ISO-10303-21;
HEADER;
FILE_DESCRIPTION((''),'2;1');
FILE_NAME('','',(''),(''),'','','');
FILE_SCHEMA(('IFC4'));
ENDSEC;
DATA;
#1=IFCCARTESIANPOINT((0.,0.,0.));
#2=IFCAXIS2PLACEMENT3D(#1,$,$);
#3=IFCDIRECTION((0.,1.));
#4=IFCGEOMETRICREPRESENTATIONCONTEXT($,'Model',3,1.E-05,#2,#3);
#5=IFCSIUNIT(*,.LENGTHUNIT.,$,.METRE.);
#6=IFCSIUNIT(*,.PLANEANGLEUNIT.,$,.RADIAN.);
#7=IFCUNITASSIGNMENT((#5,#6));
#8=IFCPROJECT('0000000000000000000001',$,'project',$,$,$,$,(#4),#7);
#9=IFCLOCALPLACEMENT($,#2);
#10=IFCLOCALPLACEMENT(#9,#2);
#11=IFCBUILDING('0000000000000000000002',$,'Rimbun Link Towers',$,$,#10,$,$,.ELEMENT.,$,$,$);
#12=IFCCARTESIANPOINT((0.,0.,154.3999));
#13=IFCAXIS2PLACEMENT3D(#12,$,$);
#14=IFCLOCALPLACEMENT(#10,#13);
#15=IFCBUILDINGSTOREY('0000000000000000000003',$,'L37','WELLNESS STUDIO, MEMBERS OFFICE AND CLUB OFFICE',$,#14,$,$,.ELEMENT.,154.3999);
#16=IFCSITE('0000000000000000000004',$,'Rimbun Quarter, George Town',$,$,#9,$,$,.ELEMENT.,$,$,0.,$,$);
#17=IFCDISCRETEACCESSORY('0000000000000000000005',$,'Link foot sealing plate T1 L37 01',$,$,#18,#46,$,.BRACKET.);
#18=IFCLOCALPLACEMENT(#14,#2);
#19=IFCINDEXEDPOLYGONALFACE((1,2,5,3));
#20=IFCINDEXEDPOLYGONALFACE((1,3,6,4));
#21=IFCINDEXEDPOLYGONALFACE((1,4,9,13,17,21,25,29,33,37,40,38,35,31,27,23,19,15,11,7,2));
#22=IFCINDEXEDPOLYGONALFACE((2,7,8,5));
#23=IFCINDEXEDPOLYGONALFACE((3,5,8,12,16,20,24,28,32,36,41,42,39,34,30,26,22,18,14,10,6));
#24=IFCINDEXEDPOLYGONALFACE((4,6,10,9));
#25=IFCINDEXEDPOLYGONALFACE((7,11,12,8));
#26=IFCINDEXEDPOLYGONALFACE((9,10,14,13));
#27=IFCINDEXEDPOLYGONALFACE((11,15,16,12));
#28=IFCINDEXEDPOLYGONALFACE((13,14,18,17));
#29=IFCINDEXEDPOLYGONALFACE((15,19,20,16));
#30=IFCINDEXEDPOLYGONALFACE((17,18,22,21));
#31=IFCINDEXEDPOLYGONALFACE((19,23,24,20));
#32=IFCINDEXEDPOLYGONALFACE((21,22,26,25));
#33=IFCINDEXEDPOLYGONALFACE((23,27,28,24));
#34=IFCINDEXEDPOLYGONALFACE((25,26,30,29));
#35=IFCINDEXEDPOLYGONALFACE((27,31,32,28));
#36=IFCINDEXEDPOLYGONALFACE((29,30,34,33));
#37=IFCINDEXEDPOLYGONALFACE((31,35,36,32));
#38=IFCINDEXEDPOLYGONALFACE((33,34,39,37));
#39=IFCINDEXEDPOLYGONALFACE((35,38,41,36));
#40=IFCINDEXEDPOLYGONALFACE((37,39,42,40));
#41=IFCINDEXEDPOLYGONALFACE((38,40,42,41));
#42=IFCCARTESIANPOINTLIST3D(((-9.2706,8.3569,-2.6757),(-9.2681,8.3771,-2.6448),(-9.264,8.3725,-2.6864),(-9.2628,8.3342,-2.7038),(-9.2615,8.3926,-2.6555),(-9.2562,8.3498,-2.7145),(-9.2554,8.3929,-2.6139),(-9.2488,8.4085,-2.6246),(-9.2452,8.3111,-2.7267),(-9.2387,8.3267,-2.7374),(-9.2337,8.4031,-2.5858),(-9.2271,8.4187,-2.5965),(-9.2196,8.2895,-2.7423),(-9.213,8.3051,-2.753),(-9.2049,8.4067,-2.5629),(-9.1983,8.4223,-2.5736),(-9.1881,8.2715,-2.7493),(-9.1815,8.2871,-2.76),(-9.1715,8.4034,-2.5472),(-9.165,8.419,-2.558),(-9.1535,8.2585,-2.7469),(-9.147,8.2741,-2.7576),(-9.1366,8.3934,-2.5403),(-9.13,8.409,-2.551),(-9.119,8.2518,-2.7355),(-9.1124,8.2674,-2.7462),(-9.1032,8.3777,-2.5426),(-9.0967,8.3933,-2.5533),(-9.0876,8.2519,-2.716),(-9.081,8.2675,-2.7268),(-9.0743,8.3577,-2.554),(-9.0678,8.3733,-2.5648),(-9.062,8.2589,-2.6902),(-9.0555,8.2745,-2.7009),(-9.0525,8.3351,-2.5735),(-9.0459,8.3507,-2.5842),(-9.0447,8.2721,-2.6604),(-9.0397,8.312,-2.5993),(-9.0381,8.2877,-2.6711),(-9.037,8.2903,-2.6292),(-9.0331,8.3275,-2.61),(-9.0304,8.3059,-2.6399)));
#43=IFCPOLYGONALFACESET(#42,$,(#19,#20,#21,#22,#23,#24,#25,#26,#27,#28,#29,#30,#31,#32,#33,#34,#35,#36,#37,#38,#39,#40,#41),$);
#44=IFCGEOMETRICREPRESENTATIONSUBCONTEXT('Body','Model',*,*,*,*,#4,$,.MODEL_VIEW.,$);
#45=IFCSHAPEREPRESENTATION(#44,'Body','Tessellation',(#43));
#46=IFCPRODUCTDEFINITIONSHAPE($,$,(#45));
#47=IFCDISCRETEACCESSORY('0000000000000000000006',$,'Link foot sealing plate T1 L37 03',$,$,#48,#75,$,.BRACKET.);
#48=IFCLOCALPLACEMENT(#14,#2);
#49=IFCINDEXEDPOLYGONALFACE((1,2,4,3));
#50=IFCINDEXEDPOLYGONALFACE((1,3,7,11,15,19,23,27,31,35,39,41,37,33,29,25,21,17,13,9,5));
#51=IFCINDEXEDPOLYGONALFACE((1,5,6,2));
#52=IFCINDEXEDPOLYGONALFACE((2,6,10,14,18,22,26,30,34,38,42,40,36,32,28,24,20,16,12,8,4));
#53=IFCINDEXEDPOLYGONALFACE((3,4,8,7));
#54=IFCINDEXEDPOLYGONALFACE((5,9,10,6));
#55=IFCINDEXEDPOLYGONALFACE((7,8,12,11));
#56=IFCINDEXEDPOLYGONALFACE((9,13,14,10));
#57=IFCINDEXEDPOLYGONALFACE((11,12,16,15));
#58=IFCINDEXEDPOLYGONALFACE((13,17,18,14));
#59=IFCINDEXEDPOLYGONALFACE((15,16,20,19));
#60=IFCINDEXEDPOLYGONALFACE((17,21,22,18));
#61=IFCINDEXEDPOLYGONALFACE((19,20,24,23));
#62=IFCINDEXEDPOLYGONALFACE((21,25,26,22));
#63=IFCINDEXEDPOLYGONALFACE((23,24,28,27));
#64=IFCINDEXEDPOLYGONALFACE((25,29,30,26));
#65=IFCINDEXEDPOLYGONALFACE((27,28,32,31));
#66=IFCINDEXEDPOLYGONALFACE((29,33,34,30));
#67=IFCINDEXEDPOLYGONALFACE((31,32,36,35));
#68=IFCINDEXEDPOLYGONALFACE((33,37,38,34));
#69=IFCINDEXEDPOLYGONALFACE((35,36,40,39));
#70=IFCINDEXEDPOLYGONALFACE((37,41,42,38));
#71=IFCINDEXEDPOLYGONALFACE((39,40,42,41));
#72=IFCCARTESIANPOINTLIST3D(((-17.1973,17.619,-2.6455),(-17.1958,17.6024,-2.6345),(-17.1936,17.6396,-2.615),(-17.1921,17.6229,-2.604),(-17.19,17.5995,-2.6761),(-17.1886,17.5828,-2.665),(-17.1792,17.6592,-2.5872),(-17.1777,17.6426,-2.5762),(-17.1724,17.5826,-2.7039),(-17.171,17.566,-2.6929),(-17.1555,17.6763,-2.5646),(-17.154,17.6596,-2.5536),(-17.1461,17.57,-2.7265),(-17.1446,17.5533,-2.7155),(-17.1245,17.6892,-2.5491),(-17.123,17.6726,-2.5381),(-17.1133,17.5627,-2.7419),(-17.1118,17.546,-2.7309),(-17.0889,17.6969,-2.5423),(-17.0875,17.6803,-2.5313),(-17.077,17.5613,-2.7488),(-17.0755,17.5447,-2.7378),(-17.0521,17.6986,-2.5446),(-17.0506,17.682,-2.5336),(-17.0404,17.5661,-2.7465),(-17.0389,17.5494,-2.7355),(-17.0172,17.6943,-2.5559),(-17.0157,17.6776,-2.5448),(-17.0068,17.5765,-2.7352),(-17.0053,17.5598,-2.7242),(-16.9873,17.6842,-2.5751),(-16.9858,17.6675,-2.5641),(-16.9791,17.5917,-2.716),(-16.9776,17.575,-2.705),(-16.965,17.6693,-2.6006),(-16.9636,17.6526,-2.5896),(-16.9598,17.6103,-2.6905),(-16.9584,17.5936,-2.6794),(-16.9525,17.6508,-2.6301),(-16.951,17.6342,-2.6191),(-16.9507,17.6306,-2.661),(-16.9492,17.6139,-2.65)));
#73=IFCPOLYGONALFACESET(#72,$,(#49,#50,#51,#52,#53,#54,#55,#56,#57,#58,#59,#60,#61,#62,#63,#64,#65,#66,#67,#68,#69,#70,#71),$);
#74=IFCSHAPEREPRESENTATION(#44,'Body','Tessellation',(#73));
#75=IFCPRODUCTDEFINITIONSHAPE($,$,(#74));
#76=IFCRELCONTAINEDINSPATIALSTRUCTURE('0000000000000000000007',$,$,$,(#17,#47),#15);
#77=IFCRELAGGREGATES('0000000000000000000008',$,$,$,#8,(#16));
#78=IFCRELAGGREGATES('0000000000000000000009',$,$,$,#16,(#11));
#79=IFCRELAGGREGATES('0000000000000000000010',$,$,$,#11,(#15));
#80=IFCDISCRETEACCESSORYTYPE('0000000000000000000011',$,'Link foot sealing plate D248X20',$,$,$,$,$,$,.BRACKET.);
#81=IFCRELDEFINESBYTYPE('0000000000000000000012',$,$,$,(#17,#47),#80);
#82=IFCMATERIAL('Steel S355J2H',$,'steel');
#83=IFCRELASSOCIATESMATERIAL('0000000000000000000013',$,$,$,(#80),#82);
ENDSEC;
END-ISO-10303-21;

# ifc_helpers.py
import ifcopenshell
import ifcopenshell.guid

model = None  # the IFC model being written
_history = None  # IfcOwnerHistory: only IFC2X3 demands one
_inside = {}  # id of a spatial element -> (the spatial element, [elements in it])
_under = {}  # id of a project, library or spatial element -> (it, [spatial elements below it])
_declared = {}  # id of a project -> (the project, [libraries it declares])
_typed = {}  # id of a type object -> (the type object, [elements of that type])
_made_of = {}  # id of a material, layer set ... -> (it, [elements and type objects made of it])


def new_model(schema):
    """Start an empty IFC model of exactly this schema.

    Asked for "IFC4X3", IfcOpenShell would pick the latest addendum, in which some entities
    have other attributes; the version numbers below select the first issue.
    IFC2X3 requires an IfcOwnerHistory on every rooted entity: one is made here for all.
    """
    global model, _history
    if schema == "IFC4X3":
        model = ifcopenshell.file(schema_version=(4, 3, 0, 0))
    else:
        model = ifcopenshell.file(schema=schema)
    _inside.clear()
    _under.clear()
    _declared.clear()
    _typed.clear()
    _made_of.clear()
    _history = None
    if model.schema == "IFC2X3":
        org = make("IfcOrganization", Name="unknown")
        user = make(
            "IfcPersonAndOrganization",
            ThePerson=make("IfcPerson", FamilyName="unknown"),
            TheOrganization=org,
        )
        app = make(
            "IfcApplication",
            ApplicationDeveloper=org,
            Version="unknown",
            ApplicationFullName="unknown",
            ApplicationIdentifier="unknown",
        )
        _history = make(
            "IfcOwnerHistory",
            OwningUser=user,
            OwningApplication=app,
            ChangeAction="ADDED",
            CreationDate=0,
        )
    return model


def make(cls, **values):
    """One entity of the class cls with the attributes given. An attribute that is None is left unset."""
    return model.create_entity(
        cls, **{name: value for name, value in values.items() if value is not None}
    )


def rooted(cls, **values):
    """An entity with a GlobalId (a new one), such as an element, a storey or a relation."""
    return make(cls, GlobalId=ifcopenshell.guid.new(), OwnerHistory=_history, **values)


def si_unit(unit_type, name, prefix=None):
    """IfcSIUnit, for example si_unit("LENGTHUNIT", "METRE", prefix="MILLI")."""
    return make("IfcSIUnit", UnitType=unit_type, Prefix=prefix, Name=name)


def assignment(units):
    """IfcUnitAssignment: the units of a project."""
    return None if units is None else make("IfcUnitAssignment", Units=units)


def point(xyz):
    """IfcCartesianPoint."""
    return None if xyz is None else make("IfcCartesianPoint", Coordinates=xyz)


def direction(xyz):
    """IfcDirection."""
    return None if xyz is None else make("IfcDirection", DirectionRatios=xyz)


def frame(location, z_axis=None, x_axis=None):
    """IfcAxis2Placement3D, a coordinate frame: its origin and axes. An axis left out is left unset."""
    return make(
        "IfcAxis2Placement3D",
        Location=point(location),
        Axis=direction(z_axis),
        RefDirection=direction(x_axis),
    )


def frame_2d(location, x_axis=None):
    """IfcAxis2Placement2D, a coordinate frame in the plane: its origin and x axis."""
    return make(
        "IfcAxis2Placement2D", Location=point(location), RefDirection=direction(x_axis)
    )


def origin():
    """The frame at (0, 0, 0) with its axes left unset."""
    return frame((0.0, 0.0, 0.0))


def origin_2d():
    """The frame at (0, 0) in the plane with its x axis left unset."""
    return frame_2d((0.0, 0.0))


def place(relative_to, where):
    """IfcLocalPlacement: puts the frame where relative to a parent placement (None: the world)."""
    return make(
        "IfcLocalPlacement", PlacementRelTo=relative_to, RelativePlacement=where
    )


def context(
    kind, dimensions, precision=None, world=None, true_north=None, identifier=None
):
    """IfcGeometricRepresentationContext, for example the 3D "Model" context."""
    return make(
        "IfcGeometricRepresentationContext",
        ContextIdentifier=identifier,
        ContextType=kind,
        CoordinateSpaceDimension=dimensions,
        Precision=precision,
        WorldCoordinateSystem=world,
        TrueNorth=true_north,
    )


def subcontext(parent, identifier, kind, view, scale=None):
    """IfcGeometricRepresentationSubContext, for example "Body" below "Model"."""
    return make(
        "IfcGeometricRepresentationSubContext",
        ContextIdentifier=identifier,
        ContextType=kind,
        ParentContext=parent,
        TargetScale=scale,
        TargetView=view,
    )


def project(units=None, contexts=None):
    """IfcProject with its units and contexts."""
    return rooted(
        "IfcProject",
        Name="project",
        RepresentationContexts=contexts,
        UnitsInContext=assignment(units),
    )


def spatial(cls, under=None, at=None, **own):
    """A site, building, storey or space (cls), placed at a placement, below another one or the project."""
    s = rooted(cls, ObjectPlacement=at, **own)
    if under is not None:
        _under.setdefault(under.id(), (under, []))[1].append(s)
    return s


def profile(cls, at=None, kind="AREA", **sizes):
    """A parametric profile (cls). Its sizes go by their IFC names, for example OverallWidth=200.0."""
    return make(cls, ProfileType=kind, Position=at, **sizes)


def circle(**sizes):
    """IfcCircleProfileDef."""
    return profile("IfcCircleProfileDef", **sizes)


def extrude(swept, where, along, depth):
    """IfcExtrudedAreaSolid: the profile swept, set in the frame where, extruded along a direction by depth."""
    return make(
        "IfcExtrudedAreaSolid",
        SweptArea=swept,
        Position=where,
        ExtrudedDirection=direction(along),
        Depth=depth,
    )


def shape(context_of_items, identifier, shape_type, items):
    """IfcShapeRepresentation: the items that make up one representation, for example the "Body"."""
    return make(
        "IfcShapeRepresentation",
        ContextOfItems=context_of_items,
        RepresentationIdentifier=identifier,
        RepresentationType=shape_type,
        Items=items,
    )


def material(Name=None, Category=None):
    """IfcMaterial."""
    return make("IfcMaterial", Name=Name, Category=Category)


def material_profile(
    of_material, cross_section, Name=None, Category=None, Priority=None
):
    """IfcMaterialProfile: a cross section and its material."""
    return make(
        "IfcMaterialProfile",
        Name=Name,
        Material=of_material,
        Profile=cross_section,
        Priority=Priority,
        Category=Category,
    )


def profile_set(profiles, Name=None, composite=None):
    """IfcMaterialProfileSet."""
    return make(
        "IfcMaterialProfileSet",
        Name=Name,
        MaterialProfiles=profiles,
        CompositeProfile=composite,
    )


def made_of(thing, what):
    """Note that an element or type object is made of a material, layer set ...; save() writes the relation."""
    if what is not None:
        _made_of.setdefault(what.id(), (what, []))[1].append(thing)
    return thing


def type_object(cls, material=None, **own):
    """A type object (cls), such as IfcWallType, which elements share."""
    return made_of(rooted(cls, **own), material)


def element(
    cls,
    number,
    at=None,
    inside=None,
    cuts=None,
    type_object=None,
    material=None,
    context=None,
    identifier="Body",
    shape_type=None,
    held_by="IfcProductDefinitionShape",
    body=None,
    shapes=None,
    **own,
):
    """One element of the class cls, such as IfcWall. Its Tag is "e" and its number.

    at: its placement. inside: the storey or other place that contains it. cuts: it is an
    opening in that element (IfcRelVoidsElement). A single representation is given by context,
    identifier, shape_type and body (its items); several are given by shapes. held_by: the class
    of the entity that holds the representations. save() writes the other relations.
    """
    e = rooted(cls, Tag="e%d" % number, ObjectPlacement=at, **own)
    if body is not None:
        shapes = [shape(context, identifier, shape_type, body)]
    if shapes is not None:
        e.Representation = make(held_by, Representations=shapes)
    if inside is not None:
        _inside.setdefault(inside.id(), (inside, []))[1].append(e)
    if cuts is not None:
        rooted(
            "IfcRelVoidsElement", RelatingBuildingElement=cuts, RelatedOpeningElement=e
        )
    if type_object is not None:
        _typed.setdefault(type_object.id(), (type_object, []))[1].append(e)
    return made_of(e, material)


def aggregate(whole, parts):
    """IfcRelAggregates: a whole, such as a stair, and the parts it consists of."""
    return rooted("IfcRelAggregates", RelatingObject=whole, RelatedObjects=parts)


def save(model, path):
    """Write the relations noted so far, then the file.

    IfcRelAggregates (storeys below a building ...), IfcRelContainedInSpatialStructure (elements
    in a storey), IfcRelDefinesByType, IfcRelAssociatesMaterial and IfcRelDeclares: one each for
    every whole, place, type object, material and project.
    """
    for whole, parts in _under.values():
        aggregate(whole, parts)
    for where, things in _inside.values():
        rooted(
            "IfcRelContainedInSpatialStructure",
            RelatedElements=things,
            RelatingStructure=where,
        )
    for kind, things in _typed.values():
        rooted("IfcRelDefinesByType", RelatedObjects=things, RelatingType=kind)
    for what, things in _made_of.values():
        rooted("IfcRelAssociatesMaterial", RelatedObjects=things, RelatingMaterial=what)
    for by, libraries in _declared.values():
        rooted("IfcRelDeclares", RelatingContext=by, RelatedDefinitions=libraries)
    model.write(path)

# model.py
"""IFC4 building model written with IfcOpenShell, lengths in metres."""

from ifc_helpers import new_model, si_unit, direction, frame, origin, origin_2d, place, context, subcontext, project, spatial, circle, extrude, material, material_profile, profile_set, type_object, element, save


model = new_model("IFC4")

# Units and contexts
model_context = context("Model", 3, precision=1e-05, world=origin(), true_north=direction((0.0, 1.0)))
body_context = subcontext(model_context, "Body", "Model", "MODEL_VIEW")
ifc_project = project(units=[si_unit("LENGTHUNIT", "METRE"), si_unit("PLANEANGLEUNIT", "RADIAN")], contexts=[model_context])

# Site, building, storey
site_placement = place(None, origin())
site = spatial("IfcSite", under=ifc_project, at=site_placement, Name="Rimbun Quarter, George Town", CompositionType="ELEMENT", RefElevation=0.0)
building_placement = place(site_placement, origin())
building = spatial("IfcBuilding", under=site, at=building_placement, Name="Rimbun Link Towers", CompositionType="ELEMENT")
storey_placement = place(building_placement, frame((0.0, 0.0, 154.3999)))
storey = spatial("IfcBuildingStorey", under=building, at=storey_placement, Name="L37", Description="WELLNESS STUDIO, MEMBERS OFFICE AND CLUB OFFICE", CompositionType="ELEMENT", Elevation=154.3999)

# Discrete accessories
ifc_material_1 = material(Name="Steel S355J2H", Category="steel")
ifc_material_profile_1 = material_profile(ifc_material_1, circle(Radius=0.124, at=origin_2d()), Name="PL D248")
ifc_profile_set_1 = profile_set([ifc_material_profile_1], Name="Steel S355J2H")
discrete_accessory_type = type_object("IfcDiscreteAccessoryType", Name="Link foot sealing plate D248X20", PredefinedType="BRACKET", material=ifc_profile_set_1)
for number, where, z_axis, x_axis, name in (
    (1, (-9.1538, 8.3289, -2.6448), (0.328366, 0.778349, -0.535115), (-0.921364, 0.388701, 0.0), "Link foot sealing plate T1 L37 01"),
    (2, (-17.0723, 17.6133, -2.6345), (-0.073384, 0.831684, -0.550379), (-0.99613, -0.087894, 0.0), "Link foot sealing plate T1 L37 03"),
):
    element("IfcDiscreteAccessory", number, at=place(storey_placement, frame(where, z_axis=z_axis, x_axis=x_axis)), inside=storey, type_object=discrete_accessory_type, Name=name, PredefinedType="BRACKET", context=body_context, shape_type="SweptSolid", body=[
        extrude(circle(Radius=0.124, at=origin_2d()), origin(), (0.0, 0.0, 1.0), 0.02),
    ])

save(model, "model.ifc")
